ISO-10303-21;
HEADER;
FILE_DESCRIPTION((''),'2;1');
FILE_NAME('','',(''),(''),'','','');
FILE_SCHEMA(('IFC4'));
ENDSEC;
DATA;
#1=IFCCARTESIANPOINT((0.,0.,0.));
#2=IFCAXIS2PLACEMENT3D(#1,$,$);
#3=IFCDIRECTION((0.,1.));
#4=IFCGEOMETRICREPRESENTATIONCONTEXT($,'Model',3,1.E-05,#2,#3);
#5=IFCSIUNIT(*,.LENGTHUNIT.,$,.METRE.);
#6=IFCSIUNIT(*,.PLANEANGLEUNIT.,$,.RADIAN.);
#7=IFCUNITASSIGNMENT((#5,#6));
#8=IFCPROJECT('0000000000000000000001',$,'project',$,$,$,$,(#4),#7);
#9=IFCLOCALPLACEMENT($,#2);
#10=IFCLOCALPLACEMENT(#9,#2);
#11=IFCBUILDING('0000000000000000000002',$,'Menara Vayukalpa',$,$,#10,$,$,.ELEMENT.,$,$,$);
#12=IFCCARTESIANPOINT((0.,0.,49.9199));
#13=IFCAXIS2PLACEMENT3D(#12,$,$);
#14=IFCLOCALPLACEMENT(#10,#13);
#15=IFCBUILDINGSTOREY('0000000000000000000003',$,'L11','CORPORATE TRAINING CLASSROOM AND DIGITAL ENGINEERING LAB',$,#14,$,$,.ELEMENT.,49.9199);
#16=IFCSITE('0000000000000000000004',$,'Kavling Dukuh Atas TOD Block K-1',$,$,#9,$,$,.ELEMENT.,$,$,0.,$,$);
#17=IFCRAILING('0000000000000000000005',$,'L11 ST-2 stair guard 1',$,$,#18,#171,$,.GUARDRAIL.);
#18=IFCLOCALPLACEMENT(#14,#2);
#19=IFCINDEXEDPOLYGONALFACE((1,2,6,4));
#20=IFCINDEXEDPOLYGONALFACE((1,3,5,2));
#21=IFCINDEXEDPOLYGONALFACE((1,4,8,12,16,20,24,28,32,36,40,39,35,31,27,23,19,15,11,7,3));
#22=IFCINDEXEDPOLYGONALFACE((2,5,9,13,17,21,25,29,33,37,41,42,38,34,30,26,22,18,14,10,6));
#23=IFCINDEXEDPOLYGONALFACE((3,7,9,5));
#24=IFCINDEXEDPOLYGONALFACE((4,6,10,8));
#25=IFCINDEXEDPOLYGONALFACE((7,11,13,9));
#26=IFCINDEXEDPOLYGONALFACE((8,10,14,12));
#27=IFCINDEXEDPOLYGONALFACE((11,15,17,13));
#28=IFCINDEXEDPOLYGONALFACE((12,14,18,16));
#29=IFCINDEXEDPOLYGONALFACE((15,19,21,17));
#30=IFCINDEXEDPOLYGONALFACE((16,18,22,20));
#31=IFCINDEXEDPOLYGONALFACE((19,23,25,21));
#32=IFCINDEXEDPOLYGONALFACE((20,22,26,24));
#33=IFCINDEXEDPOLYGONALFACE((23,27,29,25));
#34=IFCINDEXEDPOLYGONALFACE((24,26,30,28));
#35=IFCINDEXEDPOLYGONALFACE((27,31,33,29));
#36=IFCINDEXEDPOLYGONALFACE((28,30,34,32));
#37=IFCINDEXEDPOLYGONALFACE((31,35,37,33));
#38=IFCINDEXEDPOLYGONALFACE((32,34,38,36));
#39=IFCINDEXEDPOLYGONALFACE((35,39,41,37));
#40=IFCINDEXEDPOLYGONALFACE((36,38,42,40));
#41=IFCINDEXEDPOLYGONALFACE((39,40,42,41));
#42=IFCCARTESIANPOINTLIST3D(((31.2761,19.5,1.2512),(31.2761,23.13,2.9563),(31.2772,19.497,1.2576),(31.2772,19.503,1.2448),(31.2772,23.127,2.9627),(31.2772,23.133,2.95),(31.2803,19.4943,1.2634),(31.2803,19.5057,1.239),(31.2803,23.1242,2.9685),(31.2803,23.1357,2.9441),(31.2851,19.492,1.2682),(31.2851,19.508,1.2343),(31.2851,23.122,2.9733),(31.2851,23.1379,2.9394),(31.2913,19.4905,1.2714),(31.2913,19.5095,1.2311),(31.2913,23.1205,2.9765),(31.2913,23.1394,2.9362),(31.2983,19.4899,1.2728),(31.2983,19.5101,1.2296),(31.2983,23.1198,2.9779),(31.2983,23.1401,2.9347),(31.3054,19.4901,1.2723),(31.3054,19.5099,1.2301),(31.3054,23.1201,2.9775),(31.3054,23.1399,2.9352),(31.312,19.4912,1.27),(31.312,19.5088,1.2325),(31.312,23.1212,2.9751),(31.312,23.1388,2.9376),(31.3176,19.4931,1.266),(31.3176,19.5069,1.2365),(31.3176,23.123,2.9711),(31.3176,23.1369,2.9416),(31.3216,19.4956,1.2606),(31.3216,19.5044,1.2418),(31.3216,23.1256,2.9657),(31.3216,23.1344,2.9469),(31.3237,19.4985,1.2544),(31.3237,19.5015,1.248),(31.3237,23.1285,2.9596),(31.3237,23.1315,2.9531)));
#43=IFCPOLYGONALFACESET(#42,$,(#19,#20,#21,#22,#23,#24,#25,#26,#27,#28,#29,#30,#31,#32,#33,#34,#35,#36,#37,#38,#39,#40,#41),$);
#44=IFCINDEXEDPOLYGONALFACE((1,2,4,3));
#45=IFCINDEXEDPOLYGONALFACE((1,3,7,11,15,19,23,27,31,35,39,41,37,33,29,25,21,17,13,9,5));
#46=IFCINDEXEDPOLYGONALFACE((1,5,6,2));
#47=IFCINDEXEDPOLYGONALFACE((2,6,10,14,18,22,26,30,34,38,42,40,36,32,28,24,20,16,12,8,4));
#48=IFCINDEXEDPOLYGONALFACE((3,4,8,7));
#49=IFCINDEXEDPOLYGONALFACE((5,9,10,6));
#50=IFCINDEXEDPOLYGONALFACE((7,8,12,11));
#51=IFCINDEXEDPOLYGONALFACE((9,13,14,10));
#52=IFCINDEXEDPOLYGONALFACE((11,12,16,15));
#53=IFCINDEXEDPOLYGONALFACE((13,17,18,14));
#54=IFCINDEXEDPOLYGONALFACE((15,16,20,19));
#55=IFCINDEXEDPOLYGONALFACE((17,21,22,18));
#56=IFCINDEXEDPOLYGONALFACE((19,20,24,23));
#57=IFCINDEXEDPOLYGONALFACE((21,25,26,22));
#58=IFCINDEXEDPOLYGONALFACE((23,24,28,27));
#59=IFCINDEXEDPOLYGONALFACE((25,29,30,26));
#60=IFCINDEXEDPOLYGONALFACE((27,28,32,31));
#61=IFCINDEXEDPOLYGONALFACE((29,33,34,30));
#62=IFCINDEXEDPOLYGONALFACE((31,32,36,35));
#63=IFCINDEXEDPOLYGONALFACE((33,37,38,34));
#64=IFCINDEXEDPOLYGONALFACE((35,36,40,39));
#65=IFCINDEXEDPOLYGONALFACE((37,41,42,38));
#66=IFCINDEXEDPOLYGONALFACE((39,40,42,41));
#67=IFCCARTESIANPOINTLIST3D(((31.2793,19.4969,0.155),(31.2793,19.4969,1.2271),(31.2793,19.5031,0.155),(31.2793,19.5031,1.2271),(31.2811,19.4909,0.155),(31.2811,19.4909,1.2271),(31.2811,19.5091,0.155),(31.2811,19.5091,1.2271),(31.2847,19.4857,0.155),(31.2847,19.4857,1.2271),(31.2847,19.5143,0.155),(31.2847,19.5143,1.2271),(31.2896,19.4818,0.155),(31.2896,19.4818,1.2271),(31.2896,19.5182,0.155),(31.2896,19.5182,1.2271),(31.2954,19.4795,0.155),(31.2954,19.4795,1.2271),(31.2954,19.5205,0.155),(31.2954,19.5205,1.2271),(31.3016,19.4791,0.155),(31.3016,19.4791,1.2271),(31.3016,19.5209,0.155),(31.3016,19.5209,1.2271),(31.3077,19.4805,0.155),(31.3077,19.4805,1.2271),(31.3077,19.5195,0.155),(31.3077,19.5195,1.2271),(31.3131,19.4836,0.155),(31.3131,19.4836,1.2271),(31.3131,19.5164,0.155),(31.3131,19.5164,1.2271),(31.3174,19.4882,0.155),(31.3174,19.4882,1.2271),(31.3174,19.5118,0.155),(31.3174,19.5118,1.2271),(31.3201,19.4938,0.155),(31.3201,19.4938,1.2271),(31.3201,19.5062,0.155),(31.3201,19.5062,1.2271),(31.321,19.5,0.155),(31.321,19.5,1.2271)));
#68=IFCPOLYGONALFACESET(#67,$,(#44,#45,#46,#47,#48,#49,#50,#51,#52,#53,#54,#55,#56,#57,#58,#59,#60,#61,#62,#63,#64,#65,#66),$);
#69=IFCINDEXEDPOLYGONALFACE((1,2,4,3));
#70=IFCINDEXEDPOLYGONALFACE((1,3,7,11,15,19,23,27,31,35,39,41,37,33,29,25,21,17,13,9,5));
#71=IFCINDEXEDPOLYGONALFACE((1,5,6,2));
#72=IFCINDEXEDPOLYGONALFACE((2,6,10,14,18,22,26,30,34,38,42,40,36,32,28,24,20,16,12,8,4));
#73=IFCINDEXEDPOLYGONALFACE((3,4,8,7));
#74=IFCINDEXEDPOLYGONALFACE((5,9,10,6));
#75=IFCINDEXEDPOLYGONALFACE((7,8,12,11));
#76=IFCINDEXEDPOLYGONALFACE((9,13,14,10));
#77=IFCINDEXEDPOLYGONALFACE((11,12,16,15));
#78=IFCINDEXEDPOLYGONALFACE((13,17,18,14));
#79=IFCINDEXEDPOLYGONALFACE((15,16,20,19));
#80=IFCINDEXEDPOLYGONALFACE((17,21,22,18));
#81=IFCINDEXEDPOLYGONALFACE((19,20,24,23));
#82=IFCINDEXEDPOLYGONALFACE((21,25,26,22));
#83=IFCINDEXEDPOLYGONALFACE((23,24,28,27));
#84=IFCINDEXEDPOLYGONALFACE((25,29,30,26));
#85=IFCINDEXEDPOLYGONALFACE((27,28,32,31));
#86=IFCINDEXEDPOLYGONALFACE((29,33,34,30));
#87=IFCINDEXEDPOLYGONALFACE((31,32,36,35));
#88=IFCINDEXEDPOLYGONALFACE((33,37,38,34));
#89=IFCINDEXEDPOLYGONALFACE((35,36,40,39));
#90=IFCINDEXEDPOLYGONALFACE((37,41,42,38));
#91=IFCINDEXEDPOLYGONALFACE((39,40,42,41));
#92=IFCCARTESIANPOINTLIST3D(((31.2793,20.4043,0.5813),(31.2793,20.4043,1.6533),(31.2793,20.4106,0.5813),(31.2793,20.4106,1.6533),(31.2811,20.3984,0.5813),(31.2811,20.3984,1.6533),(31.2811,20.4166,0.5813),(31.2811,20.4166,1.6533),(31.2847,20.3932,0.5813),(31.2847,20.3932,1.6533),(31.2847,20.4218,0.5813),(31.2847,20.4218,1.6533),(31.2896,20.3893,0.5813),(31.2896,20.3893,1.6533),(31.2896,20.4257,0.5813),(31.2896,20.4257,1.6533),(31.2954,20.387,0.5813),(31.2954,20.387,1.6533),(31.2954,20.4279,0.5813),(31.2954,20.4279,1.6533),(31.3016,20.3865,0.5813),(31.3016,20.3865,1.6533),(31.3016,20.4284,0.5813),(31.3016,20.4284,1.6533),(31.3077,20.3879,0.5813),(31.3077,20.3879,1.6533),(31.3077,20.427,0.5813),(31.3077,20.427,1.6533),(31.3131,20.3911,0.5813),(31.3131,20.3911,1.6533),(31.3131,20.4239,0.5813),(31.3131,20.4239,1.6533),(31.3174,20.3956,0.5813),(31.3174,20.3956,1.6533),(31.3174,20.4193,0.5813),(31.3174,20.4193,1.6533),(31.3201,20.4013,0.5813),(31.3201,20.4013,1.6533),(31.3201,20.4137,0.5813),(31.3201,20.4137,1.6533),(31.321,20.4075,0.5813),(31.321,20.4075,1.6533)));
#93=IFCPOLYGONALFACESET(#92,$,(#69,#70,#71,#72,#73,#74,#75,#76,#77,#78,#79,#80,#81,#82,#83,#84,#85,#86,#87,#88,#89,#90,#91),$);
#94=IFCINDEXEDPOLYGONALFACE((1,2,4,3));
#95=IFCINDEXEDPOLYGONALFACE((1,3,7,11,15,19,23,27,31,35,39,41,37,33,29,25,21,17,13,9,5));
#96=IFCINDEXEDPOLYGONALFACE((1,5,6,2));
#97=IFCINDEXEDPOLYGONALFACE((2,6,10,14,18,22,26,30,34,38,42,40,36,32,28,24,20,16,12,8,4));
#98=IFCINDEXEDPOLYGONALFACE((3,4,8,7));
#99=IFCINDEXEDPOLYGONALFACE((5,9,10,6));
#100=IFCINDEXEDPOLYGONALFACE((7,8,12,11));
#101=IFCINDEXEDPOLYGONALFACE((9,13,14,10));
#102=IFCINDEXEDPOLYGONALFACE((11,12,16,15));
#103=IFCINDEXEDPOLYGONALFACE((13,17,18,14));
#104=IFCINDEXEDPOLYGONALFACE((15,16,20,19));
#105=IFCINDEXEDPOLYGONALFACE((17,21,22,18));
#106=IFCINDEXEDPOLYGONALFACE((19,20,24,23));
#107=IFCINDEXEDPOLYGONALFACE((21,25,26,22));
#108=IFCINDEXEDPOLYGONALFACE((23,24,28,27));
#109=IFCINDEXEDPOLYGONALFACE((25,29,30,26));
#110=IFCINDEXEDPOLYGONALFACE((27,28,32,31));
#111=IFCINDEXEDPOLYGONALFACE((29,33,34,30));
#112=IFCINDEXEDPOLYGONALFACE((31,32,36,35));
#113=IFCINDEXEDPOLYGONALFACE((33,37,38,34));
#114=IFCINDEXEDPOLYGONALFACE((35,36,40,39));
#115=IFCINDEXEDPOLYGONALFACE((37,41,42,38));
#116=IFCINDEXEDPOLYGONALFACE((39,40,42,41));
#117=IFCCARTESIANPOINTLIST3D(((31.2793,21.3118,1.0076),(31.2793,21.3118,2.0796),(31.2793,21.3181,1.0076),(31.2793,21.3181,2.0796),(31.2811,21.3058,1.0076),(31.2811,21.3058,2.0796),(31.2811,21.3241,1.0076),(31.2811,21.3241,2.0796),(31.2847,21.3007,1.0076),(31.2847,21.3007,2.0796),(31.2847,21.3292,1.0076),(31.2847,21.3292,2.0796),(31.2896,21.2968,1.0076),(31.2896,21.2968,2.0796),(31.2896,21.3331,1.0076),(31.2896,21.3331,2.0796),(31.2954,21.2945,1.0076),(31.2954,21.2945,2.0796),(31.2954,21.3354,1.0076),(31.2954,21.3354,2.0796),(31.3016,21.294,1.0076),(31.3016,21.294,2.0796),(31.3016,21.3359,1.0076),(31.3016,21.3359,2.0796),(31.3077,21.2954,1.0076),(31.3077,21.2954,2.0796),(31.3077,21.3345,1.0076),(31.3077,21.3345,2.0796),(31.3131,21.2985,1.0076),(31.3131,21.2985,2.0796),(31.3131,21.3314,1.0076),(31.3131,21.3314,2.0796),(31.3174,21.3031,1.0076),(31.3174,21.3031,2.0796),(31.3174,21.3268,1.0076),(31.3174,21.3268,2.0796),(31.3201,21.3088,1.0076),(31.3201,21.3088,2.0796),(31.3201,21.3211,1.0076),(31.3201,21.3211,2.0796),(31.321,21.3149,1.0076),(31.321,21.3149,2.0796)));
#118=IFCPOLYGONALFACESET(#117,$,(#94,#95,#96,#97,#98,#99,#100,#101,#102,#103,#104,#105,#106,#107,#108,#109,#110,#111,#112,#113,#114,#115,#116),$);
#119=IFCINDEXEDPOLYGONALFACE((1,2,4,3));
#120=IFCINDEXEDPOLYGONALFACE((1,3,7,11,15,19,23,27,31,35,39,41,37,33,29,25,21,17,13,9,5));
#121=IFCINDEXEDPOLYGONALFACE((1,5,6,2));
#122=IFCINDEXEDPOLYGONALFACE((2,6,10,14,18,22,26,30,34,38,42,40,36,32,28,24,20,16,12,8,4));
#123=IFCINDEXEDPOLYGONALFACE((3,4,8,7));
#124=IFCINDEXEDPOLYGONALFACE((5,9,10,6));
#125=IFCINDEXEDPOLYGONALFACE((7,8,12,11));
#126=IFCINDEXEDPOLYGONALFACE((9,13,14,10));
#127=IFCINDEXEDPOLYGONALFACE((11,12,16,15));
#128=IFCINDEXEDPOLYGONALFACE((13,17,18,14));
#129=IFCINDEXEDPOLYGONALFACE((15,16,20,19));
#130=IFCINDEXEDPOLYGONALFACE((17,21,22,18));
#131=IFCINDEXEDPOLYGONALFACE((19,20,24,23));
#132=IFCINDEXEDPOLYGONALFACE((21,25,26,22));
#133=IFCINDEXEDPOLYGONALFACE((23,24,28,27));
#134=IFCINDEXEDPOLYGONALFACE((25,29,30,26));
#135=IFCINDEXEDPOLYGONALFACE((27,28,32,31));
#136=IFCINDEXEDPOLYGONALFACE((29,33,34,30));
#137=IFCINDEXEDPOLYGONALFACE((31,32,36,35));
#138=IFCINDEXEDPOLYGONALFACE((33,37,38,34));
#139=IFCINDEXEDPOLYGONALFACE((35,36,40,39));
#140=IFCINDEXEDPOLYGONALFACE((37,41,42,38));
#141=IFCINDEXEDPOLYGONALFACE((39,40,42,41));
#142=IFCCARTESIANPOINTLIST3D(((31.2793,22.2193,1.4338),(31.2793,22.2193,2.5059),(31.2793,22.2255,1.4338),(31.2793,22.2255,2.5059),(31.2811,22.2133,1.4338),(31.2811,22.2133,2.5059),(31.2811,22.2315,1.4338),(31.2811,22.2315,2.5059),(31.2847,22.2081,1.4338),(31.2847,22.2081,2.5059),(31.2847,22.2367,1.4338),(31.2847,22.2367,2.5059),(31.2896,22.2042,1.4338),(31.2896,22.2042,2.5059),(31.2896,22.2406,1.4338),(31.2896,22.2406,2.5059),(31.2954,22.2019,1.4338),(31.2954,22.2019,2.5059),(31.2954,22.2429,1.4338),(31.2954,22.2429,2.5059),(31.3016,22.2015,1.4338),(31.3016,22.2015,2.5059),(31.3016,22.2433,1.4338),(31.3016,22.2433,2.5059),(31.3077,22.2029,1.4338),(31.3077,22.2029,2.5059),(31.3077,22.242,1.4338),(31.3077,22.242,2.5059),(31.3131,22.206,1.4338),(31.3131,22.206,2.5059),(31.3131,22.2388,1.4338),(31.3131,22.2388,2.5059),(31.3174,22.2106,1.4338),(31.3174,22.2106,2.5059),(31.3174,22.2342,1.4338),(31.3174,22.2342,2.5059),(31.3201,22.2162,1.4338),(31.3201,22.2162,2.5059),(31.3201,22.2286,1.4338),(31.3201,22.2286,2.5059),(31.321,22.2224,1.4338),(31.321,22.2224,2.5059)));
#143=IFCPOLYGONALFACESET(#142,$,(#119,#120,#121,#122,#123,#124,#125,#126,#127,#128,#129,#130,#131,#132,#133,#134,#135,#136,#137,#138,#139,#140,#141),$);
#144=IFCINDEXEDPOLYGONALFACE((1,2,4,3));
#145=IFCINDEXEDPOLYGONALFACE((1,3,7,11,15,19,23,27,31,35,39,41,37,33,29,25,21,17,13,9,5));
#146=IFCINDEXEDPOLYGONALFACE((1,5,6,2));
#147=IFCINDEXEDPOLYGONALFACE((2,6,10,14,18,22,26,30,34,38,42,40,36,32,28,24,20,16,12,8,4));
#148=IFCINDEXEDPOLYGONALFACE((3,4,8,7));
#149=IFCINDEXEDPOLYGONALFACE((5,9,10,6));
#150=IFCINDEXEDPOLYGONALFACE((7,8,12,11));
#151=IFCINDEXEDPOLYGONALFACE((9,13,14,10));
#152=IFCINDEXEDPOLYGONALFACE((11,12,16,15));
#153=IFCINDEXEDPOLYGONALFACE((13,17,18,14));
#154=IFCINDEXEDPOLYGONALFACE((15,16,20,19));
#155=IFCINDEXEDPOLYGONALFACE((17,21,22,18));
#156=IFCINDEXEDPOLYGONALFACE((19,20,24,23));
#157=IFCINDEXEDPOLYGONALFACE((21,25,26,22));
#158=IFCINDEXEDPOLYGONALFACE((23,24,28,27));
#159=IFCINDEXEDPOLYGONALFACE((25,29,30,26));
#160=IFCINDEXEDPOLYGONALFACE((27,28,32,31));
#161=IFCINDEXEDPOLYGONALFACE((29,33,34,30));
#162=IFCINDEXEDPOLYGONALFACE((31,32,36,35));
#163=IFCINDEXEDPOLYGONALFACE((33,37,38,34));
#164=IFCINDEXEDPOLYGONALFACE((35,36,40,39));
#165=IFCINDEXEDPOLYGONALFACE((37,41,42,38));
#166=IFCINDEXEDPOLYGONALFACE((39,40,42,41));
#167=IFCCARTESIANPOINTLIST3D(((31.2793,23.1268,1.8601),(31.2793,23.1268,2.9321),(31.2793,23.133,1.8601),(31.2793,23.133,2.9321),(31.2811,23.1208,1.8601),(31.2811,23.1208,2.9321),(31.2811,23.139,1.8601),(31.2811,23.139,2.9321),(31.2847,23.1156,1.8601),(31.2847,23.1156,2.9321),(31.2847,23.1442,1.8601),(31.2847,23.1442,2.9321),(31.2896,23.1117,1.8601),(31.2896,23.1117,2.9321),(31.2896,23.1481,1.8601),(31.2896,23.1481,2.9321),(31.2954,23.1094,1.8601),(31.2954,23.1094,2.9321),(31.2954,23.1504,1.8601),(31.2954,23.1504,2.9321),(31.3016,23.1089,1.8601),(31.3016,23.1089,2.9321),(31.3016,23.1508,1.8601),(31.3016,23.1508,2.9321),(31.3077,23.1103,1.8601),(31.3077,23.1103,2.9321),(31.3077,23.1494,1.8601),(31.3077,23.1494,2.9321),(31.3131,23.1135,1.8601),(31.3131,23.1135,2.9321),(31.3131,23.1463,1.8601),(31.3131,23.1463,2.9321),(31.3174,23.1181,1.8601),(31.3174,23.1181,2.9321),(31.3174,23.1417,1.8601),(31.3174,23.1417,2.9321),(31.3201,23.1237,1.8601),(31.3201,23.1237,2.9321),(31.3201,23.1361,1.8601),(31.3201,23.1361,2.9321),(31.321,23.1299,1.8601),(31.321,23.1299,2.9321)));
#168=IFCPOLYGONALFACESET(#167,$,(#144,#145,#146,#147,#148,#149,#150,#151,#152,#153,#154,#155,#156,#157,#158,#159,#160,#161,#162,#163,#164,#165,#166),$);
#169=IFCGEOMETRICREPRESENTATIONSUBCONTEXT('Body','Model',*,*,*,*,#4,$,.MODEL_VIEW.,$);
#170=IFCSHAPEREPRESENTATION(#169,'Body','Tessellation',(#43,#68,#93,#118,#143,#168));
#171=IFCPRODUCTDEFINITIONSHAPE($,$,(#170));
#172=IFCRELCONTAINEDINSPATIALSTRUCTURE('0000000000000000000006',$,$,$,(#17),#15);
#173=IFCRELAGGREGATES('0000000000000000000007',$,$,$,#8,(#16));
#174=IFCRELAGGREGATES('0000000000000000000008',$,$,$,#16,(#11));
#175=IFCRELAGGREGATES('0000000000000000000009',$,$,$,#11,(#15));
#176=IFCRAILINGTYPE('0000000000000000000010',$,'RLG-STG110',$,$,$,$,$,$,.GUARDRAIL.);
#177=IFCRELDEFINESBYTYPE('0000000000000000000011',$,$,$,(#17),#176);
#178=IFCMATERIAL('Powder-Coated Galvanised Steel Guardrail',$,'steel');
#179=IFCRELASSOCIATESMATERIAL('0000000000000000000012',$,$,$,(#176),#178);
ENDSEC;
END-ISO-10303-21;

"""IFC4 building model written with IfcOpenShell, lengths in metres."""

from ifc_helpers import new_model, si_unit, direction, frame, origin, origin_2d, place, context, subcontext, project, spatial, circle, extrude, material, type_object, element, save


model = new_model("IFC4")

# Units and contexts
model_context = context("Model", 3, precision=1e-05, world=origin(), true_north=direction((0.0, 1.0)))
body_context = subcontext(model_context, "Body", "Model", "MODEL_VIEW")
ifc_project = project(units=[si_unit("LENGTHUNIT", "METRE"), si_unit("PLANEANGLEUNIT", "RADIAN")], contexts=[model_context])

# Site, building, storey
site_placement = place(None, origin())
site = spatial("IfcSite", under=ifc_project, at=site_placement, Name="Kavling Dukuh Atas TOD Block K-1", CompositionType="ELEMENT", RefElevation=0.0)
building_placement = place(site_placement, origin())
building = spatial("IfcBuilding", under=site, at=building_placement, Name="Menara Vayukalpa", CompositionType="ELEMENT")
storey_placement = place(building_placement, frame((0.0, 0.0, 49.9199)))
storey = spatial("IfcBuildingStorey", under=building, at=storey_placement, Name="L11", Description="CORPORATE TRAINING CLASSROOM AND DIGITAL ENGINEERING LAB", CompositionType="ELEMENT", Elevation=49.9199)

# Railing
ifc_material_1 = material(Name="Powder-Coated Galvanised Steel Guardrail", Category="steel")
railing_type_1 = type_object("IfcRailingType", Name="RLG-STG110", PredefinedType="GUARDRAIL", material=ifc_material_1)
railing_1_placement = place(storey_placement, frame((31.3, 19.5, 0.155)))
element("IfcRailing", 1, at=railing_1_placement, inside=storey, type_object=railing_type_1, Name="L11 ST-2 stair guard 1", PredefinedType="GUARDRAIL", context=body_context, shape_type="SweptSolid", body=[
    extrude(circle(Radius=0.0239, at=origin_2d()), frame((0.0, 0.0, 1.0962), z_axis=(0.0, 0.905116, 0.425164), x_axis=(-1.0, 0.0, 0.0)), (0.0, 0.0, 1.0), 4.0105),
    extrude(circle(Radius=0.021, at=origin_2d()), origin(), (0.0, 0.0, 1.0), 1.072),
    extrude(circle(Radius=0.021, at=origin_2d()), frame((0.0, 0.9075, 0.4263)), (0.0, 0.0, 1.0), 1.072),
    extrude(circle(Radius=0.021, at=origin_2d()), frame((0.0, 1.8149, 0.8525)), (0.0, 0.0, 1.0), 1.072),
    extrude(circle(Radius=0.021, at=origin_2d()), frame((0.0, 2.7224, 1.2788)), (0.0, 0.0, 1.0), 1.072),
    extrude(circle(Radius=0.021, at=origin_2d()), frame((0.0, 3.6299, 1.7051)), (0.0, 0.0, 1.0), 1.072),
])

save(model, "model.ifc")
